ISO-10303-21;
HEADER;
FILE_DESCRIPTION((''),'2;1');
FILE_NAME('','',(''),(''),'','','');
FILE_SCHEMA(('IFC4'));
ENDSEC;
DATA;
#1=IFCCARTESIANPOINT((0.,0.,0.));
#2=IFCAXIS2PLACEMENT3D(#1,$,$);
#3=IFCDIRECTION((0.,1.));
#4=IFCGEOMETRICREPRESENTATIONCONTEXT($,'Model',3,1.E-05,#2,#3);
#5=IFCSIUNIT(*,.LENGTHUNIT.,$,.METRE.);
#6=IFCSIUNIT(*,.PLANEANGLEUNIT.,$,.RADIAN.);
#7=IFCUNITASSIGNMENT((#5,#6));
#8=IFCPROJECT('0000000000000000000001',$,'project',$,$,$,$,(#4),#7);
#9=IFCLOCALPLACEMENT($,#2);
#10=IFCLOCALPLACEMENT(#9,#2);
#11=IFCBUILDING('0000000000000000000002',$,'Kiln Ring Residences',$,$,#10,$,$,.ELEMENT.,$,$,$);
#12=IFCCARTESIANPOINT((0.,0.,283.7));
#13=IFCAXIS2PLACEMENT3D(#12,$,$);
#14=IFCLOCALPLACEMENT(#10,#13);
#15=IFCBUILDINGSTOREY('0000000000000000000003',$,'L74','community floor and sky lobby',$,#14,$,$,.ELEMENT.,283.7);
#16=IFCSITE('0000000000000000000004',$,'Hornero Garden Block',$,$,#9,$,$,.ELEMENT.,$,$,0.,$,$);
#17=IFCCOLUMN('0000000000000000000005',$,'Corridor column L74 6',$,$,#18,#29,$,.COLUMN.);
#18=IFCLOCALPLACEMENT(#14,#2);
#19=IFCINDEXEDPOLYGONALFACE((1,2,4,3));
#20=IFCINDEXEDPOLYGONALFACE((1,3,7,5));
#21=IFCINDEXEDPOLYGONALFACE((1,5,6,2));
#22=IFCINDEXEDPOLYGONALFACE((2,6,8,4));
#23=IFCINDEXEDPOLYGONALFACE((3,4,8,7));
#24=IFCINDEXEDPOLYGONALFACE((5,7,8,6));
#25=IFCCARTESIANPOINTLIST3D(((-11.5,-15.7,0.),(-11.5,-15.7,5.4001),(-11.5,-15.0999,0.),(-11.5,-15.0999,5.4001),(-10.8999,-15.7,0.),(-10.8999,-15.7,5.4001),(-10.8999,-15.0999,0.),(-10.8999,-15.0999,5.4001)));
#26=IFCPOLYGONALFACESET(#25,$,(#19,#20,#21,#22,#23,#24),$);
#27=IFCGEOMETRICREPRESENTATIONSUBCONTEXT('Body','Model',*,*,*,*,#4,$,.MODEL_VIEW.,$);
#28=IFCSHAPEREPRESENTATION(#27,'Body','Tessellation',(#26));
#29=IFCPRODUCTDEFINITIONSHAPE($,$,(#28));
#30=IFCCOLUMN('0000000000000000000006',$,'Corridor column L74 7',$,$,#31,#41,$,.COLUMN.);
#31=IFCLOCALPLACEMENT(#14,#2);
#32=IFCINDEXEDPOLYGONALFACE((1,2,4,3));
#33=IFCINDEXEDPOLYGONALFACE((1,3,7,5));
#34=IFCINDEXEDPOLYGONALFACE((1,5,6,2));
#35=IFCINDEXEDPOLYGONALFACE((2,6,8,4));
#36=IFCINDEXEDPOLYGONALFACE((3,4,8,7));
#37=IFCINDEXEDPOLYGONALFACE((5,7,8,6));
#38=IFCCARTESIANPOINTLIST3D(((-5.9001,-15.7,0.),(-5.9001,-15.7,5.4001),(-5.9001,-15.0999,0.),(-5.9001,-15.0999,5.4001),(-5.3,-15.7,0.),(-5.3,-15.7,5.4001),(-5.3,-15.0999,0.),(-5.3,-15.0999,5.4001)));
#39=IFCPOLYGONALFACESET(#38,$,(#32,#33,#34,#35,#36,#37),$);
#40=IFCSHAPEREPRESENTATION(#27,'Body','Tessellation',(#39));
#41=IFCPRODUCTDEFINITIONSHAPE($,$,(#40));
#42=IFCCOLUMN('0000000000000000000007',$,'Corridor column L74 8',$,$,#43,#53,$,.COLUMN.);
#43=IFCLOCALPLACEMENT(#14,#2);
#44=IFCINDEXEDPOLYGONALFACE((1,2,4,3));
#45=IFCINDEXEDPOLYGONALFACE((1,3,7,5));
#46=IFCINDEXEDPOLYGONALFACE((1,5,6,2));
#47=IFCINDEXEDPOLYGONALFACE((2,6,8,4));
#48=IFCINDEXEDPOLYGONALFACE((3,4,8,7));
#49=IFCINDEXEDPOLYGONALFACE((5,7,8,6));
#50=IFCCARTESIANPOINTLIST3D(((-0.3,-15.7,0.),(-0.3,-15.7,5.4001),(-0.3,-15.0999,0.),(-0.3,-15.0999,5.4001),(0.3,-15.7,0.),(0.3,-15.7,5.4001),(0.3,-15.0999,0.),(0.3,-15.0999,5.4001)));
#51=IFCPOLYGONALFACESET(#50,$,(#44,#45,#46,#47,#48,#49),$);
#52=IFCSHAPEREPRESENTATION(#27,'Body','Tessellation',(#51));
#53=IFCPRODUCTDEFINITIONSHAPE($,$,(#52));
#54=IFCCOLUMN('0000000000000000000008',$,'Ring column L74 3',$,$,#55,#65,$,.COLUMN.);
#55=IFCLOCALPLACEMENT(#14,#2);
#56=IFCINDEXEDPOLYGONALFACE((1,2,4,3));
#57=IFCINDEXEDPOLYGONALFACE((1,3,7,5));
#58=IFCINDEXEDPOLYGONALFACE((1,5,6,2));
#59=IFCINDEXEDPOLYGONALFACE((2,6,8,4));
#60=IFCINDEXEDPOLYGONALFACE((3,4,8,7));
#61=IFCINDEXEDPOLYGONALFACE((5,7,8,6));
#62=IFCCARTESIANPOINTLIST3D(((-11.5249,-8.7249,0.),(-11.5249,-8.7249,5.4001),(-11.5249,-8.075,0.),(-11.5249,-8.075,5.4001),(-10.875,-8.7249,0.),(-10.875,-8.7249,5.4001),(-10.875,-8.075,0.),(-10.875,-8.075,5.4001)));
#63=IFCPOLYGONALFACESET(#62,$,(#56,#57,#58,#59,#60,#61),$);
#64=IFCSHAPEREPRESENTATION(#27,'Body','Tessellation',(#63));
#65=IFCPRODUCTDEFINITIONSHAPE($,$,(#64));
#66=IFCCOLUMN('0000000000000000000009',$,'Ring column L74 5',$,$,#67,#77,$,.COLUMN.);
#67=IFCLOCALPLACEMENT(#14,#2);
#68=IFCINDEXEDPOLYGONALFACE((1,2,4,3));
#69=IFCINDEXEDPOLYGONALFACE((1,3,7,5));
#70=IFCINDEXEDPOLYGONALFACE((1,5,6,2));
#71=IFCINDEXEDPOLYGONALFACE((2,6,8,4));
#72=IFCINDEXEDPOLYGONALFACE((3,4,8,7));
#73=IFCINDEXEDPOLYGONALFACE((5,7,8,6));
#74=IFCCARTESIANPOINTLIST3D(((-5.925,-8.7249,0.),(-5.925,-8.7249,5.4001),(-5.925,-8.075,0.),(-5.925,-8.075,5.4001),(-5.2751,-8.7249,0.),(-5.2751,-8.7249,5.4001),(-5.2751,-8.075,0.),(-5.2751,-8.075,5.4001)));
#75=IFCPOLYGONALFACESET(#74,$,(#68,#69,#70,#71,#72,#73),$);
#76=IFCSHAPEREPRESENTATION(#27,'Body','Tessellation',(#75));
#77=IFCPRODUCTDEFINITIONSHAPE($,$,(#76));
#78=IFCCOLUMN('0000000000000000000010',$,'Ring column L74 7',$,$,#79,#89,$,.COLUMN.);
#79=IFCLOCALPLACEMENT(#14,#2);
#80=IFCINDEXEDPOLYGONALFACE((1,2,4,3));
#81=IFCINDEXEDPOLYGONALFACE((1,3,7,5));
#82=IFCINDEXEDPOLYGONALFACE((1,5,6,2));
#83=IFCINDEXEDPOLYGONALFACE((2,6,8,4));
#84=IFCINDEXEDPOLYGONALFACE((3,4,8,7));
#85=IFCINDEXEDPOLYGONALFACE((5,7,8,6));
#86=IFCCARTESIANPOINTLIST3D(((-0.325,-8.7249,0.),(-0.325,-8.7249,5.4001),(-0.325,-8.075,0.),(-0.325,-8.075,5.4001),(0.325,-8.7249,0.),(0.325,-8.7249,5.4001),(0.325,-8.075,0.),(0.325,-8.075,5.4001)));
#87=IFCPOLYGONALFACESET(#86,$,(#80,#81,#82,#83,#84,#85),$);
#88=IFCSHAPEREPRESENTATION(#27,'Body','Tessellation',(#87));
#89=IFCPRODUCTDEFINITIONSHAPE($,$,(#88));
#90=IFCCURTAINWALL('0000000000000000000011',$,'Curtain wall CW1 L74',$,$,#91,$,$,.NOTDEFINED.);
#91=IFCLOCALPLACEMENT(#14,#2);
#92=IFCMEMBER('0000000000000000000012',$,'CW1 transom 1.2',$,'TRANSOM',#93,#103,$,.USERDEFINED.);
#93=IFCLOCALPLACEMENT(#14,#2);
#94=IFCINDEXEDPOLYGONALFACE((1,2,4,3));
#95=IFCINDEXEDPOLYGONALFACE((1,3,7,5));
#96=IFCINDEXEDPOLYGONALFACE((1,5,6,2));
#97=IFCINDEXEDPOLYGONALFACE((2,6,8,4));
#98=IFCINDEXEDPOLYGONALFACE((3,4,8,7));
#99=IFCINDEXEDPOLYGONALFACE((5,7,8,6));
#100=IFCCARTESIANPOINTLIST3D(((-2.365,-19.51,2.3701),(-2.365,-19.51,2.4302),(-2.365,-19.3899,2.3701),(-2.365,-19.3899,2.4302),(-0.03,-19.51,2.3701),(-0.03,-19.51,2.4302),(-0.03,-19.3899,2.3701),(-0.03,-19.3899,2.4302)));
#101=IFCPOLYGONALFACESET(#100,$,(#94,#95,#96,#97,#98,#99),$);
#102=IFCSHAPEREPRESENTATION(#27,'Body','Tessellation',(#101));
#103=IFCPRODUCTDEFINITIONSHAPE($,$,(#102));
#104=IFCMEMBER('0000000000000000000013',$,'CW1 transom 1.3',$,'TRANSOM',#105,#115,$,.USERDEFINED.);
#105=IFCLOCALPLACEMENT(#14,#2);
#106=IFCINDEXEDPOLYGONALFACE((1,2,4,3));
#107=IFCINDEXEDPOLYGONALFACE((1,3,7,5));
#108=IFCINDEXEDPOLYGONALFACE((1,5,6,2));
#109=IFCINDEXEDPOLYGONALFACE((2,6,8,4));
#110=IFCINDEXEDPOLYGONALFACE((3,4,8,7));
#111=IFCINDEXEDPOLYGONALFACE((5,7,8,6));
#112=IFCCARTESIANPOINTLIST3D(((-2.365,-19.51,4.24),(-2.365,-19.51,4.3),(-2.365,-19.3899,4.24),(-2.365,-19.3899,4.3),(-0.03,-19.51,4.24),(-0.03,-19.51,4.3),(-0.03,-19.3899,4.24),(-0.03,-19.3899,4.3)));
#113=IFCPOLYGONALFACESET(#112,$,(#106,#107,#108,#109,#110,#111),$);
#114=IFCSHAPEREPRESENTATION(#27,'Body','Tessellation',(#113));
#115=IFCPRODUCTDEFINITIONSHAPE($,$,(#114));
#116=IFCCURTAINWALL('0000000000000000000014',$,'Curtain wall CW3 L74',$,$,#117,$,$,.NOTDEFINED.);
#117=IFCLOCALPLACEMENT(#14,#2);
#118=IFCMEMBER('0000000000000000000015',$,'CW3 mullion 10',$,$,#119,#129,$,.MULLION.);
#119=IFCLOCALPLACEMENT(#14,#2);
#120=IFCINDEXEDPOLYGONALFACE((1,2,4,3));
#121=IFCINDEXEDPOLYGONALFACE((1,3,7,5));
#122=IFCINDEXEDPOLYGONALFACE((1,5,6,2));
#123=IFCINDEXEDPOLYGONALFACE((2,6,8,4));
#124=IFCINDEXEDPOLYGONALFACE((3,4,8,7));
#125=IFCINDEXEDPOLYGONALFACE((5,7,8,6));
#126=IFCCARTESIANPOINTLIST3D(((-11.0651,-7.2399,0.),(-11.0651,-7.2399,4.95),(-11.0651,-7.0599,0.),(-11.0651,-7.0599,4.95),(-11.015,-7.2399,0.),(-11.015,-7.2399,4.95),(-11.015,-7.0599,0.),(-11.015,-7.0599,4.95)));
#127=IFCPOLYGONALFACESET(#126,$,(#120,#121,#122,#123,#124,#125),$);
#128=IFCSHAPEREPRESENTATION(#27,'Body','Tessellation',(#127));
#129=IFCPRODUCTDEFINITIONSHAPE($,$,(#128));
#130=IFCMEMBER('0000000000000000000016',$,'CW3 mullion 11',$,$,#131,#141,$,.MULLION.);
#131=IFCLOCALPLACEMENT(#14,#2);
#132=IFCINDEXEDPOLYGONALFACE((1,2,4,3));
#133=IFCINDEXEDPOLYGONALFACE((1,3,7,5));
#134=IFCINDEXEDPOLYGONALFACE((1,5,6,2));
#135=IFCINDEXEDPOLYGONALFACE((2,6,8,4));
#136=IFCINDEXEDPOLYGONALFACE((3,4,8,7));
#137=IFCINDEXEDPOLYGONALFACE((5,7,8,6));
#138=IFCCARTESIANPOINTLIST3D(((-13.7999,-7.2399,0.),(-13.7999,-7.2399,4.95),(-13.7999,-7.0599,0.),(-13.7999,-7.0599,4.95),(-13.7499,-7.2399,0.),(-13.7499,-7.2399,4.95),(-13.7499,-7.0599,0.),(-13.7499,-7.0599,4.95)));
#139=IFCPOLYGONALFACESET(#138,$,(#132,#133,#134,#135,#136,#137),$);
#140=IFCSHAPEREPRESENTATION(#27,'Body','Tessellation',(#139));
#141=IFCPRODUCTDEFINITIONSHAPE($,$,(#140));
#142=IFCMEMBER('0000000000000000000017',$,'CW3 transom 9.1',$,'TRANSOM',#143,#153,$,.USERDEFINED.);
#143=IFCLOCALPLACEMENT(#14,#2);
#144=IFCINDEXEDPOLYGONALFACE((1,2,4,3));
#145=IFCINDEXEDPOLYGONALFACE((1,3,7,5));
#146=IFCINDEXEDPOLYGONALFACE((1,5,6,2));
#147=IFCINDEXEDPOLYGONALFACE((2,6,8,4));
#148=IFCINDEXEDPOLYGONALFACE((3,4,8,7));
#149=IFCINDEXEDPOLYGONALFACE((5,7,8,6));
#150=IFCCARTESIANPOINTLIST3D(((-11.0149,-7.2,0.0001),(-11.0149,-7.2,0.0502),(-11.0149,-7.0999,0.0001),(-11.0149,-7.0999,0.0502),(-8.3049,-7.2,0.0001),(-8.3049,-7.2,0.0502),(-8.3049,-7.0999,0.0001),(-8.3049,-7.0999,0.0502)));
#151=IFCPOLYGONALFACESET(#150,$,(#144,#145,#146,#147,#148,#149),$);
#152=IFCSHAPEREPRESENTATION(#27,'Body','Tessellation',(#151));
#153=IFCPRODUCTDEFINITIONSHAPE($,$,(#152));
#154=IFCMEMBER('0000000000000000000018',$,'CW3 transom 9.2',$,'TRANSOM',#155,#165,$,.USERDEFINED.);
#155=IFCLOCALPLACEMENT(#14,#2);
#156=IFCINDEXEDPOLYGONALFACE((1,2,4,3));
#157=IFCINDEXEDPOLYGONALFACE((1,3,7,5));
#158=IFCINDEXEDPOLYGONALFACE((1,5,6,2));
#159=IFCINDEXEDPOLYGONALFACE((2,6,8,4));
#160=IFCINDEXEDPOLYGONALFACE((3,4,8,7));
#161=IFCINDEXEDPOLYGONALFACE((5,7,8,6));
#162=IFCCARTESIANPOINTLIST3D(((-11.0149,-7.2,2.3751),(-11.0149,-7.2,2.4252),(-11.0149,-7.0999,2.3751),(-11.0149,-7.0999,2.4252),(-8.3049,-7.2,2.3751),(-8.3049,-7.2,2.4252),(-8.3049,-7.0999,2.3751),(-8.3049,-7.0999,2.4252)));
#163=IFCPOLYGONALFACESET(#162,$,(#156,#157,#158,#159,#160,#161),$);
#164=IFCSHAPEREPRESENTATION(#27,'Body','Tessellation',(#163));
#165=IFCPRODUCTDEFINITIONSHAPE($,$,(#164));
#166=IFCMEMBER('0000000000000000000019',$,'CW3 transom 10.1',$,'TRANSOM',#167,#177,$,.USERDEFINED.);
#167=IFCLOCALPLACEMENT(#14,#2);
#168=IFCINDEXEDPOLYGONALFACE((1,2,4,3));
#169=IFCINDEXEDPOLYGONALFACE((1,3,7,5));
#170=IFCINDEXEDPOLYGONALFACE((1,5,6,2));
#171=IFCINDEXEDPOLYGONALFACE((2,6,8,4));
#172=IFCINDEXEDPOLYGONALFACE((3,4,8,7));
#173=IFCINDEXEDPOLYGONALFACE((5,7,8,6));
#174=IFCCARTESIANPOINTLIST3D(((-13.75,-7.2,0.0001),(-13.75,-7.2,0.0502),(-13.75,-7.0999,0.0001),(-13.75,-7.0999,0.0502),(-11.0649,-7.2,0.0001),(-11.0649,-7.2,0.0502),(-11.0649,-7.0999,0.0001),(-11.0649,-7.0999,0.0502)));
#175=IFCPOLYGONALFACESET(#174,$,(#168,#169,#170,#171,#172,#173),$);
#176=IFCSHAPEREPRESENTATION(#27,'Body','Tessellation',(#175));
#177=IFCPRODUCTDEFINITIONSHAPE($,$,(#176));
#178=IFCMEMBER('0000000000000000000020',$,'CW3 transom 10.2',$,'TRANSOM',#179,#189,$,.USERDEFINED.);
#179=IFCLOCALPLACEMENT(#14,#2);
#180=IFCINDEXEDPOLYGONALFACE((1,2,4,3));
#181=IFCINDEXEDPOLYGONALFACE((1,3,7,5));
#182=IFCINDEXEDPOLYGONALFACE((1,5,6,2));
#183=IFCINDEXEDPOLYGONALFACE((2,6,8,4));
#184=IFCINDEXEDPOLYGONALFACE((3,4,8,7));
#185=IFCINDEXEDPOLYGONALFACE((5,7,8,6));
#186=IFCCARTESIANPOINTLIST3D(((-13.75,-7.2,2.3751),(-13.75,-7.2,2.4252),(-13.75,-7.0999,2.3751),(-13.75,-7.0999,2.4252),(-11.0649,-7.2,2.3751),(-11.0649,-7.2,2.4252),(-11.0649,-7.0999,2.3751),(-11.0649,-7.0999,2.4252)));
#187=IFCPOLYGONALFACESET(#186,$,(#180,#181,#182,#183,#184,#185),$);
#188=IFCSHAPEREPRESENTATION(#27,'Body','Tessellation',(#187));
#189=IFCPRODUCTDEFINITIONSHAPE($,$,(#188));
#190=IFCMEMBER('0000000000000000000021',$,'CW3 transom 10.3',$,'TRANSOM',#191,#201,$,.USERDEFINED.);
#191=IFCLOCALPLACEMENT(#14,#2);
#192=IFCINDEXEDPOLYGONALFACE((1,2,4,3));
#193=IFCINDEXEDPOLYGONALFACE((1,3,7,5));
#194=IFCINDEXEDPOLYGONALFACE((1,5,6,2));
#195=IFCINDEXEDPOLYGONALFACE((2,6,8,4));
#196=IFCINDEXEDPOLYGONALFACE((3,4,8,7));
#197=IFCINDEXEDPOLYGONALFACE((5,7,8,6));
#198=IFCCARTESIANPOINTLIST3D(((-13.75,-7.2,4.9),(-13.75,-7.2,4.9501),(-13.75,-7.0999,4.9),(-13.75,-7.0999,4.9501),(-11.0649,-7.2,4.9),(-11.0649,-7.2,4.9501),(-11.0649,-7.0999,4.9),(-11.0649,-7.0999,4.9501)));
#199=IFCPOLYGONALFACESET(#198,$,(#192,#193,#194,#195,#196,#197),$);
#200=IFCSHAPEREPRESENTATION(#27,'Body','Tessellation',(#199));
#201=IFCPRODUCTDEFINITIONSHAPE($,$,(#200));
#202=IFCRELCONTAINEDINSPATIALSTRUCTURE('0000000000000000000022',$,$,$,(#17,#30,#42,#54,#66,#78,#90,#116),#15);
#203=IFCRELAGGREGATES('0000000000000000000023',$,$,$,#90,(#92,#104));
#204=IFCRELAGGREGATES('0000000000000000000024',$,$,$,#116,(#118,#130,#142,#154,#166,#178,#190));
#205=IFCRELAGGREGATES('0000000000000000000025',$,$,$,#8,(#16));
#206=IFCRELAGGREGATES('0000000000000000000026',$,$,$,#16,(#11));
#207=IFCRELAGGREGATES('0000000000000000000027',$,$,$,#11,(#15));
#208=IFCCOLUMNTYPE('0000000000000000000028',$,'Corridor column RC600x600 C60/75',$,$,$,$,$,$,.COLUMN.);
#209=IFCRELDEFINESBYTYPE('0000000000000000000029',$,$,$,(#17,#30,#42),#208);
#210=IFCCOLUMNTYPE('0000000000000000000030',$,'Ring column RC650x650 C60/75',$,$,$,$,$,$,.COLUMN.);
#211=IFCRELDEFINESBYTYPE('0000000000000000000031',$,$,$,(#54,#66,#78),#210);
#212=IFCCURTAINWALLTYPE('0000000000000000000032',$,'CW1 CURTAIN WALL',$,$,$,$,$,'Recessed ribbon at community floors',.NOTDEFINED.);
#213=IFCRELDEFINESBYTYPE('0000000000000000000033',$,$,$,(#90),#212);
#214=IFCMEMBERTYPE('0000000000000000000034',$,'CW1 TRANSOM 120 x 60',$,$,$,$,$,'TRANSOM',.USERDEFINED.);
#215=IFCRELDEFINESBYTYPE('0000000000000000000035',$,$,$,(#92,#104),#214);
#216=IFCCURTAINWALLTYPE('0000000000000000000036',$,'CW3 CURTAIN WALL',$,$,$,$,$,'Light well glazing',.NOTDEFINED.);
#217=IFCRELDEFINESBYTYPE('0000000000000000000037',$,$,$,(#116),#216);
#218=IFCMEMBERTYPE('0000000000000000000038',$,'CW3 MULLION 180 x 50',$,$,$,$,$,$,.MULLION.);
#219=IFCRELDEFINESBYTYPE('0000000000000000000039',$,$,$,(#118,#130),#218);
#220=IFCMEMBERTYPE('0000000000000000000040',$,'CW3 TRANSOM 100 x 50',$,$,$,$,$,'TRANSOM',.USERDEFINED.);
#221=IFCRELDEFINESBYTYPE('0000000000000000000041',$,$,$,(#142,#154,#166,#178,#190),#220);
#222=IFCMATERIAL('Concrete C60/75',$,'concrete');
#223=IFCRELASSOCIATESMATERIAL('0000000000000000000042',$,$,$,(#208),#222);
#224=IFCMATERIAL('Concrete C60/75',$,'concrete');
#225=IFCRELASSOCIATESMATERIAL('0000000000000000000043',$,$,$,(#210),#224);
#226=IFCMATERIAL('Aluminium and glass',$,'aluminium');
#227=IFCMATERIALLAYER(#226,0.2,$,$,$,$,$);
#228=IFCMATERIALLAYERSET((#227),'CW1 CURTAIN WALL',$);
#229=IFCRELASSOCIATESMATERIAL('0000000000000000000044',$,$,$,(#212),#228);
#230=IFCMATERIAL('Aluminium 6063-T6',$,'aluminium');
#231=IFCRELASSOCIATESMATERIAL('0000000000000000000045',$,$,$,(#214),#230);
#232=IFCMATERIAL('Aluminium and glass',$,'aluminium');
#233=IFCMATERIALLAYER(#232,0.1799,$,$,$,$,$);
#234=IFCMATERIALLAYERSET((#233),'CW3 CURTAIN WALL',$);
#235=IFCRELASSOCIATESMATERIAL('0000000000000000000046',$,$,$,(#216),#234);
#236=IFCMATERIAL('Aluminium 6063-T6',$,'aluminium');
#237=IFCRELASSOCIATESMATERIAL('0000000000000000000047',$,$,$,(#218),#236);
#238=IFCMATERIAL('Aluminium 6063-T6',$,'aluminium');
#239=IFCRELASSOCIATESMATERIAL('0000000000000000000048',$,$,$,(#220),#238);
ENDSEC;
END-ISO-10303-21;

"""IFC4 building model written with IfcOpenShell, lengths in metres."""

from ifc_helpers import new_model, si_unit, direction, frame, origin, origin_2d, place, context, subcontext, project, spatial, rectangle, extrude, material, layer, layer_set, material_profile, profile_set, type_object, element, aggregate, save


model = new_model("IFC4")

# Units and contexts
model_context = context("Model", 3, precision=1e-05, world=origin(), true_north=direction((0.0, 1.0)))
body_context = subcontext(model_context, "Body", "Model", "MODEL_VIEW")
ifc_project = project(units=[si_unit("LENGTHUNIT", "METRE"), si_unit("PLANEANGLEUNIT", "RADIAN")], contexts=[model_context])

# Site, building, storey
site_placement = place(None, origin())
site = spatial("IfcSite", under=ifc_project, at=site_placement, Name="Hornero Garden Block", CompositionType="ELEMENT", RefElevation=0.0)
building_placement = place(site_placement, origin())
building = spatial("IfcBuilding", under=site, at=building_placement, Name="Kiln Ring Residences", CompositionType="ELEMENT")
storey_placement = place(building_placement, frame((0.0, 0.0, 283.7)))
storey = spatial("IfcBuildingStorey", under=building, at=storey_placement, Name="L74", Description="community floor and sky lobby", CompositionType="ELEMENT", Elevation=283.7)

# Columns
ifc_material_1 = material(Name="Concrete C60/75", Category="concrete")
ifc_material_profile_1 = material_profile(ifc_material_1, rectangle(XDim=0.6001, YDim=0.6001, at=origin_2d()), Name="RC600x600")
ifc_profile_set_1 = profile_set([ifc_material_profile_1], Name="Concrete C60/75")
column_type_1 = type_object("IfcColumnType", Name="Corridor column RC600x600 C60/75", PredefinedType="COLUMN", material=ifc_profile_set_1)
for number, where, z_axis, x_axis, name in (
    (1, (-11.2, -15.3999, 0.0), (0.0, 0.0, 1.0), (1.0, 0.0, 0.0), "Corridor column L74 6"),
    (2, (-5.6001, -15.3999, 0.0), (0.0, 0.0, 1.0), (1.0, 0.0, 0.0), "Corridor column L74 7"),
    (3, (0.0, -15.3999, 0.0), (0.0, 0.0, 1.0), (1.0, 0.0, 0.0), "Corridor column L74 8"),
):
    element("IfcColumn", number, at=place(storey_placement, frame(where, z_axis=z_axis, x_axis=x_axis)), inside=storey, type_object=column_type_1, Name=name, PredefinedType="COLUMN", context=body_context, shape_type="SweptSolid", body=[
        extrude(rectangle(XDim=0.6001, YDim=0.6001, at=origin_2d()), origin(), (0.0, 0.0, 1.0), 5.4001),
    ])
ifc_material_2 = material(Name="Concrete C60/75", Category="concrete")
ifc_material_profile_2 = material_profile(ifc_material_2, rectangle(XDim=0.6499, YDim=0.6499, at=origin_2d()), Name="RC650x650")
ifc_profile_set_2 = profile_set([ifc_material_profile_2], Name="Concrete C60/75")
column_type_2 = type_object("IfcColumnType", Name="Ring column RC650x650 C60/75", PredefinedType="COLUMN", material=ifc_profile_set_2)
for number, where, z_axis, x_axis, name in (
    (4, (-11.2, -8.3999, 0.0), (0.0, 0.0, 1.0), (1.0, 0.0, 0.0), "Ring column L74 3"),
    (5, (-5.6001, -8.3999, 0.0), (0.0, 0.0, 1.0), (1.0, 0.0, 0.0), "Ring column L74 5"),
    (6, (0.0, -8.3999, 0.0), (0.0, 0.0, 1.0), (1.0, 0.0, 0.0), "Ring column L74 7"),
):
    element("IfcColumn", number, at=place(storey_placement, frame(where, z_axis=z_axis, x_axis=x_axis)), inside=storey, type_object=column_type_2, Name=name, PredefinedType="COLUMN", context=body_context, shape_type="SweptSolid", body=[
        extrude(rectangle(XDim=0.6499, YDim=0.6499, at=origin_2d()), origin(), (0.0, 0.0, 1.0), 5.4001),
    ])

# Curtain walls, members
ifc_material_3 = material(Name="Aluminium and glass", Category="aluminium")
ifc_layer_1 = layer(ifc_material_3, 0.2)
ifc_layer_set_1 = layer_set([ifc_layer_1], Name="CW1 CURTAIN WALL")
curtain_wall_type_1 = type_object("IfcCurtainWallType", Name="CW1 CURTAIN WALL", ElementType="Recessed ribbon at community floors", PredefinedType="NOTDEFINED", material=ifc_layer_set_1)
placement = place(storey_placement, origin())
curtain_wall_1 = element("IfcCurtainWall", 7, at=placement, inside=storey, type_object=curtain_wall_type_1, Name="Curtain wall CW1 L74", PredefinedType="NOTDEFINED")
ifc_material_4 = material(Name="Aluminium 6063-T6", Category="aluminium")
ifc_material_profile_3 = material_profile(ifc_material_4, rectangle(XDim=0.1201, YDim=0.0601, at=origin_2d()), Name="AL 120x60")
ifc_profile_set_3 = profile_set([ifc_material_profile_3], Name="Aluminium 6063-T6")
member_type_1 = type_object("IfcMemberType", Name="CW1 TRANSOM 120 x 60", ElementType="TRANSOM", PredefinedType="USERDEFINED", material=ifc_profile_set_3)
member_1_placement = place(storey_placement, frame((-2.365, -19.45, 2.4001), z_axis=(1.0, 0.0, 0.0), x_axis=(0.0, 1.0, 0.0)))
member_1 = element("IfcMember", 8, at=member_1_placement, type_object=member_type_1, Name="CW1 transom 1.2", ObjectType="TRANSOM", PredefinedType="USERDEFINED", context=body_context, shape_type="SweptSolid", body=[
    extrude(rectangle(XDim=0.1201, YDim=0.0601, at=origin_2d()), origin(), (0.0, 0.0, 1.0), 2.335),
])
member_2_placement = place(storey_placement, frame((-2.365, -19.45, 4.27), z_axis=(1.0, 0.0, 0.0), x_axis=(0.0, 1.0, 0.0)))
member_2 = element("IfcMember", 9, at=member_2_placement, type_object=member_type_1, Name="CW1 transom 1.3", ObjectType="TRANSOM", PredefinedType="USERDEFINED", context=body_context, shape_type="SweptSolid", body=[
    extrude(rectangle(XDim=0.1201, YDim=0.0601, at=origin_2d()), origin(), (0.0, 0.0, 1.0), 2.335),
])
ifc_material_5 = material(Name="Aluminium and glass", Category="aluminium")
ifc_layer_2 = layer(ifc_material_5, 0.1799)
ifc_layer_set_2 = layer_set([ifc_layer_2], Name="CW3 CURTAIN WALL")
curtain_wall_type_2 = type_object("IfcCurtainWallType", Name="CW3 CURTAIN WALL", ElementType="Light well glazing", PredefinedType="NOTDEFINED", material=ifc_layer_set_2)
curtain_wall_2 = element("IfcCurtainWall", 10, at=placement, inside=storey, type_object=curtain_wall_type_2, Name="Curtain wall CW3 L74", PredefinedType="NOTDEFINED")
ifc_material_6 = material(Name="Aluminium 6063-T6", Category="aluminium")
ifc_material_profile_4 = material_profile(ifc_material_6, rectangle(XDim=0.1799, YDim=0.05, at=origin_2d()), Name="AL 180x50")
ifc_profile_set_4 = profile_set([ifc_material_profile_4], Name="Aluminium 6063-T6")
member_type_2 = type_object("IfcMemberType", Name="CW3 MULLION 180 x 50", PredefinedType="MULLION", material=ifc_profile_set_4)
member_3_placement = place(storey_placement, frame((-11.04, -7.1499, 0.0), z_axis=(0.0, 0.0, 1.0), x_axis=(0.0, -1.0, 0.0)))
member_3 = element("IfcMember", 11, at=member_3_placement, type_object=member_type_2, Name="CW3 mullion 10", PredefinedType="MULLION", context=body_context, shape_type="SweptSolid", body=[
    extrude(rectangle(XDim=0.1799, YDim=0.05, at=origin_2d()), origin(), (0.0, 0.0, 1.0), 4.95),
])
member_4_placement = place(storey_placement, frame((-13.7749, -7.1499, 0.0), z_axis=(0.0, 0.0, 1.0), x_axis=(0.0, -1.0, 0.0)))
member_4 = element("IfcMember", 12, at=member_4_placement, type_object=member_type_2, Name="CW3 mullion 11", PredefinedType="MULLION", context=body_context, shape_type="SweptSolid", body=[
    extrude(rectangle(XDim=0.1799, YDim=0.05, at=origin_2d()), origin(), (0.0, 0.0, 1.0), 4.95),
])
ifc_material_7 = material(Name="Aluminium 6063-T6", Category="aluminium")
ifc_material_profile_5 = material_profile(ifc_material_7, rectangle(XDim=0.1001, YDim=0.05, at=origin_2d()), Name="AL 100x50")
ifc_profile_set_5 = profile_set([ifc_material_profile_5], Name="Aluminium 6063-T6")
member_type_3 = type_object("IfcMemberType", Name="CW3 TRANSOM 100 x 50", ElementType="TRANSOM", PredefinedType="USERDEFINED", material=ifc_profile_set_5)
member_5_placement = place(storey_placement, frame((-8.3049, -7.1499, 0.0251), z_axis=(-1.0, 0.0, 0.0), x_axis=(0.0, -1.0, 0.0)))
member_5 = element("IfcMember", 13, at=member_5_placement, type_object=member_type_3, Name="CW3 transom 9.1", ObjectType="TRANSOM", PredefinedType="USERDEFINED", context=body_context, shape_type="SweptSolid", body=[
    extrude(rectangle(XDim=0.1001, YDim=0.05, at=origin_2d()), origin(), (0.0, 0.0, 1.0), 2.71),
])
member_6_placement = place(storey_placement, frame((-8.3049, -7.1499, 2.4001), z_axis=(-1.0, 0.0, 0.0), x_axis=(0.0, -1.0, 0.0)))
member_6 = element("IfcMember", 14, at=member_6_placement, type_object=member_type_3, Name="CW3 transom 9.2", ObjectType="TRANSOM", PredefinedType="USERDEFINED", context=body_context, shape_type="SweptSolid", body=[
    extrude(rectangle(XDim=0.1001, YDim=0.05, at=origin_2d()), origin(), (0.0, 0.0, 1.0), 2.71),
])
member_7_placement = place(storey_placement, frame((-11.0649, -7.1499, 0.0251), z_axis=(-1.0, 0.0, 0.0), x_axis=(0.0, -1.0, 0.0)))
member_7 = element("IfcMember", 15, at=member_7_placement, type_object=member_type_3, Name="CW3 transom 10.1", ObjectType="TRANSOM", PredefinedType="USERDEFINED", context=body_context, shape_type="SweptSolid", body=[
    extrude(rectangle(XDim=0.1001, YDim=0.05, at=origin_2d()), origin(), (0.0, 0.0, 1.0), 2.6851),
])
member_8_placement = place(storey_placement, frame((-11.0649, -7.1499, 2.4001), z_axis=(-1.0, 0.0, 0.0), x_axis=(0.0, -1.0, 0.0)))
member_8 = element("IfcMember", 16, at=member_8_placement, type_object=member_type_3, Name="CW3 transom 10.2", ObjectType="TRANSOM", PredefinedType="USERDEFINED", context=body_context, shape_type="SweptSolid", body=[
    extrude(rectangle(XDim=0.1001, YDim=0.05, at=origin_2d()), origin(), (0.0, 0.0, 1.0), 2.6851),
])
member_9_placement = place(storey_placement, frame((-11.0649, -7.1499, 4.925), z_axis=(-1.0, 0.0, 0.0), x_axis=(0.0, -1.0, 0.0)))
member_9 = element("IfcMember", 17, at=member_9_placement, type_object=member_type_3, Name="CW3 transom 10.3", ObjectType="TRANSOM", PredefinedType="USERDEFINED", context=body_context, shape_type="SweptSolid", body=[
    extrude(rectangle(XDim=0.1001, YDim=0.05, at=origin_2d()), origin(), (0.0, 0.0, 1.0), 2.6851),
])

aggregate(curtain_wall_1, [member_1, member_2])
aggregate(curtain_wall_2, [member_3, member_4, member_5, member_6, member_7, member_8, member_9])

save(model, "model.ifc")
